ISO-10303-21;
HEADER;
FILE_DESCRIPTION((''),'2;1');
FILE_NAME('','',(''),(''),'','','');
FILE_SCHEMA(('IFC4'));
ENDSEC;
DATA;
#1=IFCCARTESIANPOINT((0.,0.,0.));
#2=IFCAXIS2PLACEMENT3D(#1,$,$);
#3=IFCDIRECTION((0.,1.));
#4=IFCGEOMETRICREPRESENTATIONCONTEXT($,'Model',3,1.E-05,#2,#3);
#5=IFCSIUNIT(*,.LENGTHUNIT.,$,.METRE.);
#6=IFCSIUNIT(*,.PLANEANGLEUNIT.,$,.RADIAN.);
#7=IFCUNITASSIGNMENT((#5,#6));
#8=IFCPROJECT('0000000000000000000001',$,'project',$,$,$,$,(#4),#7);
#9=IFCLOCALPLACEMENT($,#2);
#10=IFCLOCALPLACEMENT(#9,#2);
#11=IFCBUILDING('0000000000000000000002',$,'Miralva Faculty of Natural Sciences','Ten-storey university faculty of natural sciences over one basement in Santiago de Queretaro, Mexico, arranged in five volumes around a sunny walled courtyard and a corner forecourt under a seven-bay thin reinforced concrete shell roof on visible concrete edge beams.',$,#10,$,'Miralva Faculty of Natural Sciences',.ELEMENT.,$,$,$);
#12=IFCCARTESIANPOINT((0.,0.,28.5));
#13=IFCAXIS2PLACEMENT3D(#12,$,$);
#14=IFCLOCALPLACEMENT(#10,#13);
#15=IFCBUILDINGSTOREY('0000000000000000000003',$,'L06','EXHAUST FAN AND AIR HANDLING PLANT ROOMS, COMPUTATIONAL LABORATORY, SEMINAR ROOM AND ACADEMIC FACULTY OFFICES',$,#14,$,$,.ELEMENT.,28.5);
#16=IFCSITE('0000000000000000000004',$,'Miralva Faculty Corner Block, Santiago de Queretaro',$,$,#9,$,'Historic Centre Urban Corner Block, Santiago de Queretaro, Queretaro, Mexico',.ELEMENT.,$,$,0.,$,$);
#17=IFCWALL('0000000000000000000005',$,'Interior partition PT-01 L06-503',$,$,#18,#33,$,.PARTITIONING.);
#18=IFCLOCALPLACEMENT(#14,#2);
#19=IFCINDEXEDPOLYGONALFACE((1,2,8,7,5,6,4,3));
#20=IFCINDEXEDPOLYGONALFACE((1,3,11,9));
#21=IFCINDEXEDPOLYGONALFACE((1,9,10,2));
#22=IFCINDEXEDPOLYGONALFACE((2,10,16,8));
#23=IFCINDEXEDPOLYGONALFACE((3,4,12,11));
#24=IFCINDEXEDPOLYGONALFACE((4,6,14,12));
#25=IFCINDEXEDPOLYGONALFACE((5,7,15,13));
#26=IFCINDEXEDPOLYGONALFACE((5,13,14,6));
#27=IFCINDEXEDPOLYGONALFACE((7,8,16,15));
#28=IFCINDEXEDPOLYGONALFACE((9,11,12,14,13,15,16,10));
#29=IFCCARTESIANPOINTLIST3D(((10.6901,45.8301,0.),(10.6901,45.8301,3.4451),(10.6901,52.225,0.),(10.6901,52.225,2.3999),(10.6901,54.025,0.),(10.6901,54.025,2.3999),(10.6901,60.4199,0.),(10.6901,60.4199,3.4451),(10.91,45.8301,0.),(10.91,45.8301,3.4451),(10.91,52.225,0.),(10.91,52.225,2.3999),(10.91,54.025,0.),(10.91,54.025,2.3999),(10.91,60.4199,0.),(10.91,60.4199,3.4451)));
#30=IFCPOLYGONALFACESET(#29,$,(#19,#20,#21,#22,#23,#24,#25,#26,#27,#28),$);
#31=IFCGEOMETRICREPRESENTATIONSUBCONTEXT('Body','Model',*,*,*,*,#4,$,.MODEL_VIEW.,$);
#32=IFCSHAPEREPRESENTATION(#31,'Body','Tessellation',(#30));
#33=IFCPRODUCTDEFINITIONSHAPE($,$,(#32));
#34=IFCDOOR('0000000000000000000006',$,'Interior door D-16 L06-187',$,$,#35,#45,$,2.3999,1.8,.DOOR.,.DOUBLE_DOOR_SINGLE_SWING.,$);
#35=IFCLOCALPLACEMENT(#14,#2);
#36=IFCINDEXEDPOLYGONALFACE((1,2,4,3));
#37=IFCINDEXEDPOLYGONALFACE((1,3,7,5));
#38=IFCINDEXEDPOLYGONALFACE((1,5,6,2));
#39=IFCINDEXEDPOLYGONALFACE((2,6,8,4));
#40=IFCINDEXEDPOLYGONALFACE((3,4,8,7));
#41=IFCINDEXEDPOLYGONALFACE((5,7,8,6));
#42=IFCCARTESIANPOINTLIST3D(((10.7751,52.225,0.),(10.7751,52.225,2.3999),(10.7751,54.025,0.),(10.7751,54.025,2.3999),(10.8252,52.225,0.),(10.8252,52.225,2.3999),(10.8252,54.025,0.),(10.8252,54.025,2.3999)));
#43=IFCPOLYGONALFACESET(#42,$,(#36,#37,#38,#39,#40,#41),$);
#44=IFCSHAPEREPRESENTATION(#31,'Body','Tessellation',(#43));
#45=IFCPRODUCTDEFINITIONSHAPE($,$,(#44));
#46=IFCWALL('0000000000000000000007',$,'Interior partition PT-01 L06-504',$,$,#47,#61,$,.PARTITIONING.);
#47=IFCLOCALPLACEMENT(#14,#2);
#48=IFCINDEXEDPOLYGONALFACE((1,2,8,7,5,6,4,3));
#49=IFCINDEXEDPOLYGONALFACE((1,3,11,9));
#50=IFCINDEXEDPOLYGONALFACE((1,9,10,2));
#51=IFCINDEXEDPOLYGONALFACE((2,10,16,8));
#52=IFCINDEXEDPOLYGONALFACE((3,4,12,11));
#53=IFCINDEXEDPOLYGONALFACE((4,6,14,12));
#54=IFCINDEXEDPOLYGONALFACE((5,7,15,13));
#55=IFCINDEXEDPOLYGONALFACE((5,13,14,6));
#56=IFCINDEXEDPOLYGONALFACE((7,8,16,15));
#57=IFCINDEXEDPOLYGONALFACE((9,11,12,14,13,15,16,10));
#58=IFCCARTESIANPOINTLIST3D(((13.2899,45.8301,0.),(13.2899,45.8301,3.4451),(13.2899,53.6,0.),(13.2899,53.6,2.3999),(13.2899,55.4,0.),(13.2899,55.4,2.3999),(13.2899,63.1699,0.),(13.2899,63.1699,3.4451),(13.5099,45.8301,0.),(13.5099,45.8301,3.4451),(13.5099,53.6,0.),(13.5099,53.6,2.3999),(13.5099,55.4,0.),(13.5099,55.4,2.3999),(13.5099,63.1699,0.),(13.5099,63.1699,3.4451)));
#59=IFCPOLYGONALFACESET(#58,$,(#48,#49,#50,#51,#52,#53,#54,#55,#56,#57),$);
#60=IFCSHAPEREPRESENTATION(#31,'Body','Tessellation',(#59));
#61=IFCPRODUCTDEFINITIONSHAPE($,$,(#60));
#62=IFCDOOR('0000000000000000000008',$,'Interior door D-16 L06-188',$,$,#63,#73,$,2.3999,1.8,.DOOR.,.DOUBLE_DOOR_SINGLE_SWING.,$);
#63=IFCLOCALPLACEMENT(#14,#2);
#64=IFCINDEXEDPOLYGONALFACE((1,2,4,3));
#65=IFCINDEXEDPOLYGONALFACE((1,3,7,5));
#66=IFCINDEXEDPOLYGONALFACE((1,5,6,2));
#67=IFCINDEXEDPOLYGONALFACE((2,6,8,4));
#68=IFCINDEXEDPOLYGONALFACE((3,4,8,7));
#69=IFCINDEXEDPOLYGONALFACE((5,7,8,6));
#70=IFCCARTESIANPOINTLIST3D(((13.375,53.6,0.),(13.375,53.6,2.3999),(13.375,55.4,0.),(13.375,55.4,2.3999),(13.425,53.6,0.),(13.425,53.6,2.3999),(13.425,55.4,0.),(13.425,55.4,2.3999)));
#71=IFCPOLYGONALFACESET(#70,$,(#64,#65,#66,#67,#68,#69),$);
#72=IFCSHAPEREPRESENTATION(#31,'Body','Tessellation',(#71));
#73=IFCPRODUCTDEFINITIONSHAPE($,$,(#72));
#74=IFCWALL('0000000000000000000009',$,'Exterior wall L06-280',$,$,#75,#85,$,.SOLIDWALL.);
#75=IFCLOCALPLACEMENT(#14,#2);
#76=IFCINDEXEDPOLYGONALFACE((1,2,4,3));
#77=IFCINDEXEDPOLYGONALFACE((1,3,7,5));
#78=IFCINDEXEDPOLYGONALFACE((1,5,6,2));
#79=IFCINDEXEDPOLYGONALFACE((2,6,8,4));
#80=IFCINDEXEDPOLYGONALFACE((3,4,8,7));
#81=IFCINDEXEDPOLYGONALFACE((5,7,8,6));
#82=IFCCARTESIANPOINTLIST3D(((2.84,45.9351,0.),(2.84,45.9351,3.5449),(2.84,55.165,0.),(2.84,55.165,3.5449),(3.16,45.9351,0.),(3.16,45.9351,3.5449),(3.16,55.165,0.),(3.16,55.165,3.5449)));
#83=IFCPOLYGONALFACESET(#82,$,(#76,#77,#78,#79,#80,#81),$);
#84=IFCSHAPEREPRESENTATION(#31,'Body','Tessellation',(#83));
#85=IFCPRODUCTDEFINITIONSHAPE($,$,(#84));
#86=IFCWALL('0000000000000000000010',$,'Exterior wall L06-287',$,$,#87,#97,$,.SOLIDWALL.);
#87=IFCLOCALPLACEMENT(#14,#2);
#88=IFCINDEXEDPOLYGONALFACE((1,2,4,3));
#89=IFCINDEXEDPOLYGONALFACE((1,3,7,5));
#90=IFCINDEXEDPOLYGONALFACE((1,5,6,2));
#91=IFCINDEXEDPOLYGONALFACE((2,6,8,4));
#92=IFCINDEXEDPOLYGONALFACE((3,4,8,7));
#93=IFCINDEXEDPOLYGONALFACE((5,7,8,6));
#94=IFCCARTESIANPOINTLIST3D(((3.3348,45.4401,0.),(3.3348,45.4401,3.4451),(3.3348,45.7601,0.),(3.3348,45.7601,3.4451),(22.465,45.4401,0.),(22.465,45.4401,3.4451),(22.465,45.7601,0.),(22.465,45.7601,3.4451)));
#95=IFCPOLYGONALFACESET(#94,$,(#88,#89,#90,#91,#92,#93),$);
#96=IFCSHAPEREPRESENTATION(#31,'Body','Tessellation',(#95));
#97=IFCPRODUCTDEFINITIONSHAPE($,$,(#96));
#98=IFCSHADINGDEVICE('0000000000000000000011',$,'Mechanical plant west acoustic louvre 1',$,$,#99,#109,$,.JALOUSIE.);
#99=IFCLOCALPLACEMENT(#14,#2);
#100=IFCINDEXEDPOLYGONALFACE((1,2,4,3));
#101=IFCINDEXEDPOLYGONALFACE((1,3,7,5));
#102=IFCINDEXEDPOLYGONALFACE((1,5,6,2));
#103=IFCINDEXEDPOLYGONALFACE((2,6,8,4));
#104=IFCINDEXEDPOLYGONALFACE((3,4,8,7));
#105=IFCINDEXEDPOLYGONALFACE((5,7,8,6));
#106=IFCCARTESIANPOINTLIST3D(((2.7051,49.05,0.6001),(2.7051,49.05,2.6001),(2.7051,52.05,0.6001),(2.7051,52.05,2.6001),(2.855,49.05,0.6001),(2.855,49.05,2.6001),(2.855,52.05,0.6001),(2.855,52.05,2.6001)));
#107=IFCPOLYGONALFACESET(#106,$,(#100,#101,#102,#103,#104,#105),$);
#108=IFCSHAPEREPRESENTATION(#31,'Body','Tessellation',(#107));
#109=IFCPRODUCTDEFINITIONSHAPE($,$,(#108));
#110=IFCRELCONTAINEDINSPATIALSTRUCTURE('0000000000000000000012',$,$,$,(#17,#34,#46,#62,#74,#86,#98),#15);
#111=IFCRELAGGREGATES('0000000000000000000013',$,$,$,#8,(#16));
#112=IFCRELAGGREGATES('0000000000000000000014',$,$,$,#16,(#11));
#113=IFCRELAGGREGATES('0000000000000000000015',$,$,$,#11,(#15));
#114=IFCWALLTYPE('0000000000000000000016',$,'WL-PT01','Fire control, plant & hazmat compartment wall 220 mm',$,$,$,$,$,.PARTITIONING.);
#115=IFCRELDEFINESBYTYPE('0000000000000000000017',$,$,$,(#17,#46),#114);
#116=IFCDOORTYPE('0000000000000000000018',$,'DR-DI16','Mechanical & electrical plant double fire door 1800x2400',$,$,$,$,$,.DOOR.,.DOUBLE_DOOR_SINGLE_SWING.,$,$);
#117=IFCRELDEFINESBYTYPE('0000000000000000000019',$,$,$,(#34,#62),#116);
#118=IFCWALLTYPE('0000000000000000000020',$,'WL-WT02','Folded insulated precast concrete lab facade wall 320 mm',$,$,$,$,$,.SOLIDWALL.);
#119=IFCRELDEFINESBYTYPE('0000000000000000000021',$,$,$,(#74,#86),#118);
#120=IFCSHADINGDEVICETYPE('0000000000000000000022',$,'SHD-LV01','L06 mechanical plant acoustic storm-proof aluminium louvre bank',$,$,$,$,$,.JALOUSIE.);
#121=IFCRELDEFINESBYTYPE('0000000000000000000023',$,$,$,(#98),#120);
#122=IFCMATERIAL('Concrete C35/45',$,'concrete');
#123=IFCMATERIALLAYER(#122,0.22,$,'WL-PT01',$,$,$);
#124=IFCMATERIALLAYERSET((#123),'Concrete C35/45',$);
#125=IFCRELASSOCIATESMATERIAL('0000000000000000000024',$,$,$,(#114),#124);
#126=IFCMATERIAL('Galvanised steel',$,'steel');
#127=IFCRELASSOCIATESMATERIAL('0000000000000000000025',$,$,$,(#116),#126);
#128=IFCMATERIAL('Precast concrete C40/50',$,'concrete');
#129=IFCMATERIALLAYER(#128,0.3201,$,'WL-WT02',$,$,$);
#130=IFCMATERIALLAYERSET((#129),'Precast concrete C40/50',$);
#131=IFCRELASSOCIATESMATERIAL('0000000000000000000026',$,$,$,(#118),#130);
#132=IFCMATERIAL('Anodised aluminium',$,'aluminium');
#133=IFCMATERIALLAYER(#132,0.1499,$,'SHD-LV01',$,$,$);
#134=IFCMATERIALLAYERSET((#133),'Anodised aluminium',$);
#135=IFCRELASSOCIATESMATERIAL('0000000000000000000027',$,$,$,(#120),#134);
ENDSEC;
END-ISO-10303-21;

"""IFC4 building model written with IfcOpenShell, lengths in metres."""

from ifc_helpers import new_model, si_unit, direction, frame, frame_2d, origin, origin_2d, place, context, subcontext, project, spatial, rectangle, extrude, material, layer, layer_set, type_object, element, fill, save


model = new_model("IFC4")

# Units and contexts
model_context = context("Model", 3, precision=1e-05, world=origin(), true_north=direction((0.0, 1.0)))
body_context = subcontext(model_context, "Body", "Model", "MODEL_VIEW")
ifc_project = project(units=[si_unit("LENGTHUNIT", "METRE"), si_unit("PLANEANGLEUNIT", "RADIAN")], contexts=[model_context])

# Site, building, storey
site_placement = place(None, origin())
site = spatial("IfcSite", under=ifc_project, at=site_placement, Name="Miralva Faculty Corner Block, Santiago de Queretaro", LongName="Historic Centre Urban Corner Block, Santiago de Queretaro, Queretaro, Mexico", CompositionType="ELEMENT", RefElevation=0.0)
building_placement = place(site_placement, origin())
building = spatial("IfcBuilding", under=site, at=building_placement, Name="Miralva Faculty of Natural Sciences", Description="Ten-storey university faculty of natural sciences over one basement in Santiago de Queretaro, Mexico, arranged in five volumes around a sunny walled courtyard and a corner forecourt under a seven-bay thin reinforced concrete shell roof on visible concrete edge beams.", LongName="Miralva Faculty of Natural Sciences", CompositionType="ELEMENT")
storey_placement = place(building_placement, frame((0.0, 0.0, 28.5)))
storey = spatial("IfcBuildingStorey", under=building, at=storey_placement, Name="L06", Description="EXHAUST FAN AND AIR HANDLING PLANT ROOMS, COMPUTATIONAL LABORATORY, SEMINAR ROOM AND ACADEMIC FACULTY OFFICES", CompositionType="ELEMENT", Elevation=28.5)

# Walls, openings, doors
ifc_material_1 = material(Name="Concrete C35/45", Category="concrete")
ifc_layer_1 = layer(ifc_material_1, 0.22, Name="WL-PT01")
ifc_layer_set_1 = layer_set([ifc_layer_1], Name="Concrete C35/45")
wall_type_1 = type_object("IfcWallType", Name="WL-PT01", Description="Fire control, plant & hazmat compartment wall 220 mm", PredefinedType="PARTITIONING", material=ifc_layer_set_1)
wall_1_placement = place(storey_placement, frame((10.8, 45.8301, 0.0), z_axis=(0.0, 0.0, 1.0), x_axis=(0.0, 1.0, 0.0)))
wall_1 = element("IfcWall", 1, at=wall_1_placement, inside=storey, type_object=wall_type_1, Name="Interior partition PT-01 L06-503", PredefinedType="PARTITIONING", context=body_context, shape_type="SweptSolid", body=[
    extrude(rectangle(XDim=14.5898, YDim=0.22, at=frame_2d((7.2949, 0.0))), origin(), (0.0, 0.0, 1.0), 3.4451),
])
opening_1_placement = place(wall_1_placement, frame((6.395, 0.0, 0.0)))
opening_1 = element("IfcOpeningElement", 2, at=opening_1_placement, cuts=wall_1, PredefinedType="OPENING", context=body_context, shape_type="SweptSolid", body=[
    extrude(rectangle(XDim=1.8, YDim=2.3999, at=frame_2d((0.8999, 1.2))), frame((0.0, 0.1199, 0.0), z_axis=(0.0, -1.0, 0.0), x_axis=(1.0, 0.0, 0.0)), (0.0, 0.0, 1.0), 0.24),
])
ifc_material_2 = material(Name="Galvanised steel", Category="steel")
door_type = type_object("IfcDoorType", Name="DR-DI16", Description="Mechanical & electrical plant double fire door 1800x2400", OperationType="DOUBLE_DOOR_SINGLE_SWING", PredefinedType="DOOR", material=ifc_material_2)
door_1_placement = place(opening_1_placement, origin())
door_1 = element("IfcDoor", 3, at=door_1_placement, inside=storey, type_object=door_type, Name="Interior door D-16 L06-187", OperationType="DOUBLE_DOOR_SINGLE_SWING", OverallHeight=2.3999, OverallWidth=1.8, PredefinedType="DOOR", context=body_context, shape_type="SweptSolid", body=[
    extrude(rectangle(XDim=1.8, YDim=2.3999, at=frame_2d((0.8999, 1.2))), frame((0.0, 0.0249, 0.0), z_axis=(0.0, -1.0, 0.0), x_axis=(1.0, 0.0, 0.0)), (0.0, 0.0, 1.0), 0.05),
])
fill(opening_1, door_1)
wall_2_placement = place(storey_placement, frame((13.3999, 45.8301, 0.0), z_axis=(0.0, 0.0, 1.0), x_axis=(0.0, 1.0, 0.0)))
wall_2 = element("IfcWall", 4, at=wall_2_placement, inside=storey, type_object=wall_type_1, Name="Interior partition PT-01 L06-504", PredefinedType="PARTITIONING", context=body_context, shape_type="SweptSolid", body=[
    extrude(rectangle(XDim=17.3398, YDim=0.22, at=frame_2d((8.6699, 0.0))), origin(), (0.0, 0.0, 1.0), 3.4451),
])
opening_2_placement = place(wall_2_placement, frame((7.77, 0.0, 0.0)))
opening_2 = element("IfcOpeningElement", 5, at=opening_2_placement, cuts=wall_2, PredefinedType="OPENING", context=body_context, shape_type="SweptSolid", body=[
    extrude(rectangle(XDim=1.8, YDim=2.3999, at=frame_2d((0.8999, 1.2))), frame((0.0, 0.1199, 0.0), z_axis=(0.0, -1.0, 0.0), x_axis=(1.0, 0.0, 0.0)), (0.0, 0.0, 1.0), 0.24),
])
door_2_placement = place(opening_2_placement, origin())
door_2 = element("IfcDoor", 6, at=door_2_placement, inside=storey, type_object=door_type, Name="Interior door D-16 L06-188", OperationType="DOUBLE_DOOR_SINGLE_SWING", OverallHeight=2.3999, OverallWidth=1.8, PredefinedType="DOOR", context=body_context, shape_type="SweptSolid", body=[
    extrude(rectangle(XDim=1.8, YDim=2.3999, at=frame_2d((0.8999, 1.2))), frame((0.0, 0.0249, 0.0), z_axis=(0.0, -1.0, 0.0), x_axis=(1.0, 0.0, 0.0)), (0.0, 0.0, 1.0), 0.05),
])
fill(opening_2, door_2)

# Walls
ifc_material_3 = material(Name="Precast concrete C40/50", Category="concrete")
ifc_layer_2 = layer(ifc_material_3, 0.3201, Name="WL-WT02")
ifc_layer_set_2 = layer_set([ifc_layer_2], Name="Precast concrete C40/50")
wall_type_2 = type_object("IfcWallType", Name="WL-WT02", Description="Folded insulated precast concrete lab facade wall 320 mm", PredefinedType="SOLIDWALL", material=ifc_layer_set_2)
wall_3_placement = place(storey_placement, frame((3.0, 45.9351, 0.0), z_axis=(0.0, 0.0, 1.0), x_axis=(0.0, 1.0, 0.0)))
element("IfcWall", 7, at=wall_3_placement, inside=storey, type_object=wall_type_2, Name="Exterior wall L06-280", PredefinedType="SOLIDWALL", context=body_context, shape_type="SweptSolid", body=[
    extrude(rectangle(XDim=9.23, YDim=0.3201, at=frame_2d((4.615, 0.0))), origin(), (0.0, 0.0, 1.0), 3.5449),
])
wall_4_placement = place(storey_placement, frame((3.335, 45.6001, 0.0), z_axis=(0.0, 0.0, 1.0), x_axis=(1.0, 0.0, 0.0)))
element("IfcWall", 8, at=wall_4_placement, inside=storey, type_object=wall_type_2, Name="Exterior wall L06-287", PredefinedType="SOLIDWALL", context=body_context, shape_type="SweptSolid", body=[
    extrude(rectangle(XDim=19.1301, YDim=0.3201, at=frame_2d((9.5649, 0.0))), origin(), (0.0, 0.0, 1.0), 3.4451),
])

# Shading device
ifc_material_4 = material(Name="Anodised aluminium", Category="aluminium")
ifc_layer_3 = layer(ifc_material_4, 0.1499, Name="SHD-LV01")
ifc_layer_set_3 = layer_set([ifc_layer_3], Name="Anodised aluminium")
shading_device_type = type_object("IfcShadingDeviceType", Name="SHD-LV01", Description="L06 mechanical plant acoustic storm-proof aluminium louvre bank", PredefinedType="JALOUSIE", material=ifc_layer_set_3)
shading_device_placement = place(storey_placement, frame((2.78, 50.55, 0.6001), z_axis=(0.0, 0.0, 1.0), x_axis=(1.0, 0.0, 0.0)))
element("IfcShadingDevice", 9, at=shading_device_placement, inside=storey, type_object=shading_device_type, Name="Mechanical plant west acoustic louvre 1", PredefinedType="JALOUSIE", context=body_context, shape_type="SweptSolid", body=[
    extrude(rectangle(XDim=0.1499, YDim=3.0, at=origin_2d()), origin(), (0.0, 0.0, 1.0), 2.0),
])

save(model, "model.ifc")
